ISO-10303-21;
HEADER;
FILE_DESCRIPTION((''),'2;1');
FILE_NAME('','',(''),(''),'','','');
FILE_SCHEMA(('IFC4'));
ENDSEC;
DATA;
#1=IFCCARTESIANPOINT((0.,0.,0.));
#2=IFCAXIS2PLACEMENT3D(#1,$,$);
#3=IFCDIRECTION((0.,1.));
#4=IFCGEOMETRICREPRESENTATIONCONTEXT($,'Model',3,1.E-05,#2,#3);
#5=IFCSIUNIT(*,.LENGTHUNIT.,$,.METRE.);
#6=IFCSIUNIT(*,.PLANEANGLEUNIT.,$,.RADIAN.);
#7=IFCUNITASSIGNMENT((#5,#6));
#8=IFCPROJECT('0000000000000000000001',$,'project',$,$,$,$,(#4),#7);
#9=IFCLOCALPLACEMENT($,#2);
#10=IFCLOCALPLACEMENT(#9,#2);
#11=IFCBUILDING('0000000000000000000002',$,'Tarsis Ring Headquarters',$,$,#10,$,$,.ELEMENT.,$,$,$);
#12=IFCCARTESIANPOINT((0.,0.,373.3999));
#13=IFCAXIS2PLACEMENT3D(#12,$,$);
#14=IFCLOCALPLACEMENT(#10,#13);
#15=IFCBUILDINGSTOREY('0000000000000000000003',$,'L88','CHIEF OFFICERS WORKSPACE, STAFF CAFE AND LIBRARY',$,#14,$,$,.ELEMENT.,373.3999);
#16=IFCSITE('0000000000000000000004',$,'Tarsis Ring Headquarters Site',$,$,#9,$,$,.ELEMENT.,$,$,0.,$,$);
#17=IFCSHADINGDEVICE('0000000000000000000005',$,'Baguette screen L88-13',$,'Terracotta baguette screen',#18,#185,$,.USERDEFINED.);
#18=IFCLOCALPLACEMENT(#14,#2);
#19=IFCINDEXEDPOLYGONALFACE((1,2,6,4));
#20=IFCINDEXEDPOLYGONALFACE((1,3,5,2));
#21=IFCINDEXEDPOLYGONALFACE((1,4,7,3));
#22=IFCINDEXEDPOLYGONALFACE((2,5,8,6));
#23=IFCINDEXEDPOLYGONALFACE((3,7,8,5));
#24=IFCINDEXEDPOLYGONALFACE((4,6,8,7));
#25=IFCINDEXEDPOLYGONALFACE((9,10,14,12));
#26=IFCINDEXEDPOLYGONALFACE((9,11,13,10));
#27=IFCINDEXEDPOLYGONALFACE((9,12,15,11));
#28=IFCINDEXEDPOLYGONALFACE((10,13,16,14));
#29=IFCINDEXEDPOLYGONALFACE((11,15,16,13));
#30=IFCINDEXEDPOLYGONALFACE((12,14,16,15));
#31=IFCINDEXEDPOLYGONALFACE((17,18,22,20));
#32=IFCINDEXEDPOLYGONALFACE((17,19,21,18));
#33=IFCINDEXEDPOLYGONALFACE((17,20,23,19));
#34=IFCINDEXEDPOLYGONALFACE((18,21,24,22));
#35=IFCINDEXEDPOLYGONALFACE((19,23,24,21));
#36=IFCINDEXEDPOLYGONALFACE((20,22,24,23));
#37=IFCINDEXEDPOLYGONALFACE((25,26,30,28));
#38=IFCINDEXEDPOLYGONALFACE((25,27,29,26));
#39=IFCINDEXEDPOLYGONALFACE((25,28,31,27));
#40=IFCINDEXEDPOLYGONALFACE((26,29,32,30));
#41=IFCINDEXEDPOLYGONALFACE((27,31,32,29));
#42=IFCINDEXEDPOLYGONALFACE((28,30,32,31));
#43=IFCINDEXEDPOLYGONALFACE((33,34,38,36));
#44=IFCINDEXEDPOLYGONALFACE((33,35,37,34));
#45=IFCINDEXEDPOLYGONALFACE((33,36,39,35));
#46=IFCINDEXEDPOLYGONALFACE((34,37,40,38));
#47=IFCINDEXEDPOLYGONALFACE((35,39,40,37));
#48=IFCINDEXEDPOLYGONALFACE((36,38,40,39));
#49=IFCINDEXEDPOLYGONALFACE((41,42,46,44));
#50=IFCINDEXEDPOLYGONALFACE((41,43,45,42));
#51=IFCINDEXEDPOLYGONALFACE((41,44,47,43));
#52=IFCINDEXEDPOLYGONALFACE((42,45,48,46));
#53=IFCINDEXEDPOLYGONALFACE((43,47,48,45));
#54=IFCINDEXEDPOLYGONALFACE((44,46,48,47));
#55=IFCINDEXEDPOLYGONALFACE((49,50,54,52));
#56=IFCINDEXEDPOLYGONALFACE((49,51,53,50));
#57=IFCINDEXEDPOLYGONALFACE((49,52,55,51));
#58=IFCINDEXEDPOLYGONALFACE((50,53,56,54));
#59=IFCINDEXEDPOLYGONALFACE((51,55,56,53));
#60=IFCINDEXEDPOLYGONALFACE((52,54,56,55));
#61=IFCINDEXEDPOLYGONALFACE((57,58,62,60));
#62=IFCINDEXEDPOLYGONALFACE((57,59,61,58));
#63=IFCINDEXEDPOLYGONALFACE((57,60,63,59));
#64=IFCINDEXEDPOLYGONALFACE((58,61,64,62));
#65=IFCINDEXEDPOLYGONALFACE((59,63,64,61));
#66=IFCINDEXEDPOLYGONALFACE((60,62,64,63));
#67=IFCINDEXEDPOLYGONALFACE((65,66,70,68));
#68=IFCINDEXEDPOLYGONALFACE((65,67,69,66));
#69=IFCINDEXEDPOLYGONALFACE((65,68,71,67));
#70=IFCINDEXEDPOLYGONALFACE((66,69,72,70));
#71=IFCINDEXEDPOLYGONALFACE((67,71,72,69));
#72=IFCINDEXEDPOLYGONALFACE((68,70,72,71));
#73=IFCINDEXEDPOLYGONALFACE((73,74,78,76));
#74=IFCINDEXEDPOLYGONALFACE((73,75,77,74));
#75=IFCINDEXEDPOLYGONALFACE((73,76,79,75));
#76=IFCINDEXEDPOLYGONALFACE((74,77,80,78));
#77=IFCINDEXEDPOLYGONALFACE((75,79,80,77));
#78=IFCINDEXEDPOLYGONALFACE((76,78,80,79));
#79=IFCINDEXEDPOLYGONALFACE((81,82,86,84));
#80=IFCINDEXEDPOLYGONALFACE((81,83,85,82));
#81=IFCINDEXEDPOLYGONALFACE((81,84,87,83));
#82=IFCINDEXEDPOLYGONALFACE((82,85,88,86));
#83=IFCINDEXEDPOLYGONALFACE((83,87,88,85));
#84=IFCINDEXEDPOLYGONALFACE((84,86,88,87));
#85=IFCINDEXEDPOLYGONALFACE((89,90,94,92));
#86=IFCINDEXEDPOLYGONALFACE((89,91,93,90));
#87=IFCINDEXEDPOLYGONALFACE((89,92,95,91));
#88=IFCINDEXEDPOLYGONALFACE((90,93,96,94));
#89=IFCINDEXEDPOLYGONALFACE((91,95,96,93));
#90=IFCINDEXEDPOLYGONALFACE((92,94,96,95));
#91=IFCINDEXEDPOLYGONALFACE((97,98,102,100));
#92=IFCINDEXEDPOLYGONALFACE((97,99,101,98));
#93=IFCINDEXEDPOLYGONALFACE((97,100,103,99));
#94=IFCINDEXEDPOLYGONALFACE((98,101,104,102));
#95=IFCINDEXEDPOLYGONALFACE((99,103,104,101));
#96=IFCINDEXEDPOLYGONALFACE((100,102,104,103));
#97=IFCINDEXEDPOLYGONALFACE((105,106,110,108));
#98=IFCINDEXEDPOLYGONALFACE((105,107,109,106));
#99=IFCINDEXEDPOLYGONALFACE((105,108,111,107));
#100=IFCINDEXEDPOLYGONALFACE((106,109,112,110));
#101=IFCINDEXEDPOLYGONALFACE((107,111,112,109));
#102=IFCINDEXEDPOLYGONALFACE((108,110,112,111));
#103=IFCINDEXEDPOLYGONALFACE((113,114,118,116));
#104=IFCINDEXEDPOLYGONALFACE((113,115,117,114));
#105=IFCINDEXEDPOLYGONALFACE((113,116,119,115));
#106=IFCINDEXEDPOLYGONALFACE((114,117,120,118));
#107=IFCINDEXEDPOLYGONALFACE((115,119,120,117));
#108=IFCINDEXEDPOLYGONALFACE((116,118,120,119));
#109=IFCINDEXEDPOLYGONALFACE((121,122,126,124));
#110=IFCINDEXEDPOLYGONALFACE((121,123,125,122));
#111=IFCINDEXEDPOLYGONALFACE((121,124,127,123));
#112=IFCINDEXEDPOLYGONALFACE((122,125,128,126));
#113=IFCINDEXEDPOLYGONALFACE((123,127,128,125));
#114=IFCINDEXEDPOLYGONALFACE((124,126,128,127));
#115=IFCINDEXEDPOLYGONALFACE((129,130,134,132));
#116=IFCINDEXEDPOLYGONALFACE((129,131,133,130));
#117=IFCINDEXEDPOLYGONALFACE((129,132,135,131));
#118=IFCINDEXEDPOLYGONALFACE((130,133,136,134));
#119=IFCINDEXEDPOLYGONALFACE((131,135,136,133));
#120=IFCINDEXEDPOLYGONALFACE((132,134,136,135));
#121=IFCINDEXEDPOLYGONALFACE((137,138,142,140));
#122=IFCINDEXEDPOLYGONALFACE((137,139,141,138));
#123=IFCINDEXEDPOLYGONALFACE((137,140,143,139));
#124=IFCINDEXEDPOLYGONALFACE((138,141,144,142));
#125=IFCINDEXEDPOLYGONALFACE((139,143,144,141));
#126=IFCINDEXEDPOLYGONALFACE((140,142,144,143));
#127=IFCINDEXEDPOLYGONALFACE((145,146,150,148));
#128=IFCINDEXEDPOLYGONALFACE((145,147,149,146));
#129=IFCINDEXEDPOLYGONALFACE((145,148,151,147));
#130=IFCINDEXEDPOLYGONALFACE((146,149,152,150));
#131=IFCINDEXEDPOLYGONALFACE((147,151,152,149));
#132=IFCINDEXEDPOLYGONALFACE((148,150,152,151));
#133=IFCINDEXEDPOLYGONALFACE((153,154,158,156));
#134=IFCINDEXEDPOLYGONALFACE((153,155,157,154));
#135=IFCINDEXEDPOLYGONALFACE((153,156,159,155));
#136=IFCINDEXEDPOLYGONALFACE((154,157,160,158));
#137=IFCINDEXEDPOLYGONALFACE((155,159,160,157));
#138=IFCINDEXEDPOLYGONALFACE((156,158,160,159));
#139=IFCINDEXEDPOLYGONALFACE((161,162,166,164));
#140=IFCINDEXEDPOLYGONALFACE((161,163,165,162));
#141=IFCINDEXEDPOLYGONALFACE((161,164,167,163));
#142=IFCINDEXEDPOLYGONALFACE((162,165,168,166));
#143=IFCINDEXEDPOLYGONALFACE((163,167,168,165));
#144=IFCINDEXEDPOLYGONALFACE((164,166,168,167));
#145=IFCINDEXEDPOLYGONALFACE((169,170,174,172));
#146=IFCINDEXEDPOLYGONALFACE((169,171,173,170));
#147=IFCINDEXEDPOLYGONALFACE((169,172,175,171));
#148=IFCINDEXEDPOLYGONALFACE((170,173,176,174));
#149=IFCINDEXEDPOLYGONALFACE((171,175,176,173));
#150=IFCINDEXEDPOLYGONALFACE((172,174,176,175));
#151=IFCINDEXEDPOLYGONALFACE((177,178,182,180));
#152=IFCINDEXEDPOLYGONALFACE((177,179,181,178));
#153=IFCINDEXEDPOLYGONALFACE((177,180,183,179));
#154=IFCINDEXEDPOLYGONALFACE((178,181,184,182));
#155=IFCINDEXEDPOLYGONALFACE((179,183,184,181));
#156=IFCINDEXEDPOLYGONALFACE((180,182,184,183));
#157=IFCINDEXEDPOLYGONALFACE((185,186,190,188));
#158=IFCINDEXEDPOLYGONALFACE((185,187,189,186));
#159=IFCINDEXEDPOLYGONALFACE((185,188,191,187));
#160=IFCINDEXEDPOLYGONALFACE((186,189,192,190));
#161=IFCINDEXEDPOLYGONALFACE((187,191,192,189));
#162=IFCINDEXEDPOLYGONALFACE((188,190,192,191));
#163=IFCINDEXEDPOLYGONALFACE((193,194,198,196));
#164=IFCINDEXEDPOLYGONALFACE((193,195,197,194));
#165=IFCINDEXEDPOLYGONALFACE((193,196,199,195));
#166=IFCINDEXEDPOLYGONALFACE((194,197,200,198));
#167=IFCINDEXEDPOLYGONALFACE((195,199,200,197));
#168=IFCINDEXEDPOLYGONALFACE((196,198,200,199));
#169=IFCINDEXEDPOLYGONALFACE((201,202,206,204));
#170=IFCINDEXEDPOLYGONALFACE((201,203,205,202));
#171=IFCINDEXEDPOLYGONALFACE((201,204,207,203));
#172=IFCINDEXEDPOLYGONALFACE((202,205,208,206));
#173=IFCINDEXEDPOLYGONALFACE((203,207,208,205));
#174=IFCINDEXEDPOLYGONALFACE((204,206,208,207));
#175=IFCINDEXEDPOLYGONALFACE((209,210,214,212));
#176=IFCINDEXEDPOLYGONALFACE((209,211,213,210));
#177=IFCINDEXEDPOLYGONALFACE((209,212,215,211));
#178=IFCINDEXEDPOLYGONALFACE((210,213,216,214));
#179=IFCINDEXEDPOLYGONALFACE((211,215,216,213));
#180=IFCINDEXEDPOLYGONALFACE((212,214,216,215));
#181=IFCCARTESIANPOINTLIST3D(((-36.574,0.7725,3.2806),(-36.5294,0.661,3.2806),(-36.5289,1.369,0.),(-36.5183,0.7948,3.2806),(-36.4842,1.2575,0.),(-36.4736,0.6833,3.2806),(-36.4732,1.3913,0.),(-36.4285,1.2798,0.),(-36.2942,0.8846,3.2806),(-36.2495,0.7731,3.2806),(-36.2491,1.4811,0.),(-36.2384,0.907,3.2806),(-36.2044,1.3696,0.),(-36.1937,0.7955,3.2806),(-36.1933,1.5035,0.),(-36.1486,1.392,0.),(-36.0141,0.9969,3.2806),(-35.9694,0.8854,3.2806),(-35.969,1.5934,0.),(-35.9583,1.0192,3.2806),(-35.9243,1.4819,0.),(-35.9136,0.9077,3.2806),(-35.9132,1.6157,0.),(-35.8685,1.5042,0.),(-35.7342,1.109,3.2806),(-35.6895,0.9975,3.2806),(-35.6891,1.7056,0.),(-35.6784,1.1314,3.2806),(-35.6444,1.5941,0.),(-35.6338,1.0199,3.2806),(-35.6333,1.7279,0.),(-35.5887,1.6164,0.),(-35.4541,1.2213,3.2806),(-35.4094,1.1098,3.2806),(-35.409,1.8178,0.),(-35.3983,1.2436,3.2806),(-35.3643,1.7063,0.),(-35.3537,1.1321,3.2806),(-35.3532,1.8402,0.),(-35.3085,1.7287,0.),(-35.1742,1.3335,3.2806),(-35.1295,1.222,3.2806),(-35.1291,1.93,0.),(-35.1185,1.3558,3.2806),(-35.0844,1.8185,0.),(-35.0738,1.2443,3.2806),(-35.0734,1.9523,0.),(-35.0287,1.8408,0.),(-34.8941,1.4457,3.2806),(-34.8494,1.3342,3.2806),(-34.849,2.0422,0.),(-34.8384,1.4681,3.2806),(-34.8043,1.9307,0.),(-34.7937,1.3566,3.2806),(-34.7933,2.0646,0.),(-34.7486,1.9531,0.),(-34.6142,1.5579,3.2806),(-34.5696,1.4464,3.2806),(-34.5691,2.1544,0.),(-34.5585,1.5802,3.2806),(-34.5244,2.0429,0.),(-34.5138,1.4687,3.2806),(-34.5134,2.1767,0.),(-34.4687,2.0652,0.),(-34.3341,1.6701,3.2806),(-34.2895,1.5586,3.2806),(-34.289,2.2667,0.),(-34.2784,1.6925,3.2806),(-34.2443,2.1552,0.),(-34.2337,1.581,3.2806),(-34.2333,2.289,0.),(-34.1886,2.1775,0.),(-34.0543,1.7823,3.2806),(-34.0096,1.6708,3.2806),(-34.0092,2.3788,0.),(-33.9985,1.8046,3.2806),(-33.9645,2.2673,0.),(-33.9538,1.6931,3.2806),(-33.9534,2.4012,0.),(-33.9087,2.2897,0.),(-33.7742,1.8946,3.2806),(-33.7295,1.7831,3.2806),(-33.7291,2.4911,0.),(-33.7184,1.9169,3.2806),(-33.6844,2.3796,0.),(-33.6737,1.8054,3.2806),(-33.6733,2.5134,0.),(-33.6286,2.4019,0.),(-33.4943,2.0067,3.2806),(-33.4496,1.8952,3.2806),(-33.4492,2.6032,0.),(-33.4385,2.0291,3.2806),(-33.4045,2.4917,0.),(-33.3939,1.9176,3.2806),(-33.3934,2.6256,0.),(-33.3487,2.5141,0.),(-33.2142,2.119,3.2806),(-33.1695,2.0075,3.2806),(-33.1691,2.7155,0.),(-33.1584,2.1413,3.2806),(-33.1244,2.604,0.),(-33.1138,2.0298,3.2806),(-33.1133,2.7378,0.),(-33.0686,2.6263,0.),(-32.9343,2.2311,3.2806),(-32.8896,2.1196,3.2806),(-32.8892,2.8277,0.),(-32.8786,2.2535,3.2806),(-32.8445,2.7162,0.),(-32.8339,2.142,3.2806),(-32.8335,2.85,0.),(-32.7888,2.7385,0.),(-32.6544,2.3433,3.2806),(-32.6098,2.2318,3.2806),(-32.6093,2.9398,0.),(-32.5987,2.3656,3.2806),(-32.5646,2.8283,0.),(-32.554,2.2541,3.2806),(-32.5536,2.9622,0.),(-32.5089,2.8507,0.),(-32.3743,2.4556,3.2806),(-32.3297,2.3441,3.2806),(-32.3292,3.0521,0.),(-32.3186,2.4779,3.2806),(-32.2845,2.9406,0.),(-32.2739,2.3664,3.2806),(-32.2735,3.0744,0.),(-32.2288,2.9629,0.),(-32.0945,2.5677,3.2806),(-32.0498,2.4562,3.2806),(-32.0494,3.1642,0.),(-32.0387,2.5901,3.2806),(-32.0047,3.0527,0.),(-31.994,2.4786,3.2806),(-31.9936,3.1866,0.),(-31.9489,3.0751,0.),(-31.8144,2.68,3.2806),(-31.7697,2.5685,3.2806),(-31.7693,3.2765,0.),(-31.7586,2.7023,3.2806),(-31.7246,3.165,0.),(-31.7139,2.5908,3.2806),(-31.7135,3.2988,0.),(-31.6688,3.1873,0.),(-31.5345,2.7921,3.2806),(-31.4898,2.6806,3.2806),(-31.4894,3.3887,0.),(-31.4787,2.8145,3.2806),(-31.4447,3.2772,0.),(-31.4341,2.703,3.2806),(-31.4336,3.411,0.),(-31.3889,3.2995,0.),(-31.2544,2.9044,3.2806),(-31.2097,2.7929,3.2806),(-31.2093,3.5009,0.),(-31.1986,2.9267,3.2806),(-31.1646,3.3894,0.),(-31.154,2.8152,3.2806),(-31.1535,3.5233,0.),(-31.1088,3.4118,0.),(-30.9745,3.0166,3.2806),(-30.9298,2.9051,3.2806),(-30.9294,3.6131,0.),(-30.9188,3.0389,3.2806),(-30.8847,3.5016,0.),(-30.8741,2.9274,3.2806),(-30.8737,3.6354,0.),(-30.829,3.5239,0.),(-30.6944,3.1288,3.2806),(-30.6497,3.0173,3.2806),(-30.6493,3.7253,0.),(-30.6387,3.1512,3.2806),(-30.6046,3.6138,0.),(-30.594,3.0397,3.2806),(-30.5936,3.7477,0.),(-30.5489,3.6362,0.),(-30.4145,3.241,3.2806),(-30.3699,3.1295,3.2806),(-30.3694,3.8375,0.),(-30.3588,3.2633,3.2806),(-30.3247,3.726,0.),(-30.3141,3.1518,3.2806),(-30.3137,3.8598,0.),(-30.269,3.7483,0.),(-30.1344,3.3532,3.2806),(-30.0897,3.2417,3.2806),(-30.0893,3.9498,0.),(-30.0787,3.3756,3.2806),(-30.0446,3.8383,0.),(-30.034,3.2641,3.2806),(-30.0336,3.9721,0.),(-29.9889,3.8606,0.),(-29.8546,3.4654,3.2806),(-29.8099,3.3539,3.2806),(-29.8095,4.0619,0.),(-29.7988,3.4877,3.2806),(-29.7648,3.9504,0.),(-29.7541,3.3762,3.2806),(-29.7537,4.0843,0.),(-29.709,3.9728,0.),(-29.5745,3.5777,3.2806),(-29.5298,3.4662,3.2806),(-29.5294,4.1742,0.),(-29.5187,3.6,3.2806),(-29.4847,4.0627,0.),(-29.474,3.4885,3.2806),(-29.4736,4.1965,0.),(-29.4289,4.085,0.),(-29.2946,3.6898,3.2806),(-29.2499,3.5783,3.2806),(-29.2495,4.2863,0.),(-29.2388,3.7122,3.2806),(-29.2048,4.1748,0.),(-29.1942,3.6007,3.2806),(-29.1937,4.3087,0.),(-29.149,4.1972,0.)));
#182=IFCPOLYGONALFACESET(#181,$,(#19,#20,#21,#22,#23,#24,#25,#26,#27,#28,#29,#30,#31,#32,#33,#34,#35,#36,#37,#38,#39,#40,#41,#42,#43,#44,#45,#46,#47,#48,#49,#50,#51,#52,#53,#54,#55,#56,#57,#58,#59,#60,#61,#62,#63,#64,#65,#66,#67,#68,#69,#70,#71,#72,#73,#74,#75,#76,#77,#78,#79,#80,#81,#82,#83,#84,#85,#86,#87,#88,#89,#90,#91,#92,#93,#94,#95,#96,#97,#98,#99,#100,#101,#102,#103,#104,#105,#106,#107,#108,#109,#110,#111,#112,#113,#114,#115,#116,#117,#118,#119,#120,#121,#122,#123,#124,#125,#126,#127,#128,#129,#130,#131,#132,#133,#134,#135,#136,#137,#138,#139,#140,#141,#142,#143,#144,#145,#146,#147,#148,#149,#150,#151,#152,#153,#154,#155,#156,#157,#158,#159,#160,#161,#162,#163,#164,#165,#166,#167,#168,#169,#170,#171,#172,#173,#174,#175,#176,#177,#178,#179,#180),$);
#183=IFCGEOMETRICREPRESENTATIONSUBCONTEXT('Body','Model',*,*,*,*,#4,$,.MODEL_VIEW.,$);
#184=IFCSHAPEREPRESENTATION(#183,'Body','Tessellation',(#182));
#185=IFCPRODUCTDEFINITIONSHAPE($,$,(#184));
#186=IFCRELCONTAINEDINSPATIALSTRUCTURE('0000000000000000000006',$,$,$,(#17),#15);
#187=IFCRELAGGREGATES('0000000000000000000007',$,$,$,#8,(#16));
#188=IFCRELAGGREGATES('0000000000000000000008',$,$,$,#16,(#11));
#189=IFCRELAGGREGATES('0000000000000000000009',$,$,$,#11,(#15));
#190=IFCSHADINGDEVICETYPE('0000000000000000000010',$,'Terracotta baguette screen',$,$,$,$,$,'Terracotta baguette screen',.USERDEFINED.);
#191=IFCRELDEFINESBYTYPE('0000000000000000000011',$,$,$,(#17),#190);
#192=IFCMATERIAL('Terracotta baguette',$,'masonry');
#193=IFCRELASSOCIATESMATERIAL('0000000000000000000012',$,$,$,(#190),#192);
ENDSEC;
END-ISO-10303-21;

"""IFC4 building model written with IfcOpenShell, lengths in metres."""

from ifc_helpers import new_model, si_unit, direction, frame, frame_2d, origin, place, context, subcontext, project, spatial, rectangle, composite_profile, extrude, material, type_object, element, save


model = new_model("IFC4")

# Units and contexts
model_context = context("Model", 3, precision=1e-05, world=origin(), true_north=direction((0.0, 1.0)))
body_context = subcontext(model_context, "Body", "Model", "MODEL_VIEW")
ifc_project = project(units=[si_unit("LENGTHUNIT", "METRE"), si_unit("PLANEANGLEUNIT", "RADIAN")], contexts=[model_context])

# Site, building, storey
site_placement = place(None, origin())
site = spatial("IfcSite", under=ifc_project, at=site_placement, Name="Tarsis Ring Headquarters Site", CompositionType="ELEMENT", RefElevation=0.0)
building_placement = place(site_placement, origin())
building = spatial("IfcBuilding", under=site, at=building_placement, Name="Tarsis Ring Headquarters", CompositionType="ELEMENT")
storey_placement = place(building_placement, frame((0.0, 0.0, 373.3999)))
storey = spatial("IfcBuildingStorey", under=building, at=storey_placement, Name="L88", Description="CHIEF OFFICERS WORKSPACE, STAFF CAFE AND LIBRARY", CompositionType="ELEMENT", Elevation=373.3999)

# Shading device
ifc_material_1 = material(Name="Terracotta baguette", Category="masonry")
shading_device_type_1 = type_object("IfcShadingDeviceType", Name="Terracotta baguette screen", ElementType="Terracotta baguette screen", PredefinedType="USERDEFINED", material=ifc_material_1)
shading_device_1_placement = place(storey_placement, frame((-29.1714, 4.2529, 0.0), z_axis=(0.0, 0.0, 1.0), x_axis=(-0.928232, -0.372003, 0.0)))
element("IfcShadingDevice", 1, at=shading_device_1_placement, inside=storey, type_object=shading_device_type_1, Name="Baguette screen L88-13", ObjectType="Terracotta baguette screen", PredefinedType="USERDEFINED", context=body_context, shape_type="SweptSolid", body=[
    extrude(composite_profile([rectangle(XDim=0.0601, YDim=0.1201, at=frame_2d((0.03, 0.0))), rectangle(XDim=0.0601, YDim=0.1201, at=frame_2d((0.3315, 0.0))), rectangle(XDim=0.0601, YDim=0.1201, at=frame_2d((0.6333, 0.0))), rectangle(XDim=0.0601, YDim=0.1201, at=frame_2d((0.9348, 0.0))), rectangle(XDim=0.0601, YDim=0.1201, at=frame_2d((1.2366, 0.0))), rectangle(XDim=0.0601, YDim=0.1201, at=frame_2d((1.5381, 0.0))), rectangle(XDim=0.0601, YDim=0.1201, at=frame_2d((1.8398, 0.0))), rectangle(XDim=0.0601, YDim=0.1201, at=frame_2d((2.1414, 0.0))), rectangle(XDim=0.0601, YDim=0.1201, at=frame_2d((2.4431, 0.0))), rectangle(XDim=0.0601, YDim=0.1201, at=frame_2d((2.7446, 0.0))), rectangle(XDim=0.0601, YDim=0.1201, at=frame_2d((3.0464, 0.0))), rectangle(XDim=0.0601, YDim=0.1201, at=frame_2d((3.3479, 0.0))), rectangle(XDim=0.0601, YDim=0.1201, at=frame_2d((3.6497, 0.0))), rectangle(XDim=0.0601, YDim=0.1201, at=frame_2d((3.9512, 0.0))), rectangle(XDim=0.0601, YDim=0.1201, at=frame_2d((4.2527, 0.0))), rectangle(XDim=0.0601, YDim=0.1201, at=frame_2d((4.5544, 0.0))), rectangle(XDim=0.0601, YDim=0.1201, at=frame_2d((4.856, 0.0))), rectangle(XDim=0.0601, YDim=0.1201, at=frame_2d((5.1577, 0.0))), rectangle(XDim=0.0601, YDim=0.1201, at=frame_2d((5.4592, 0.0))), rectangle(XDim=0.0601, YDim=0.1201, at=frame_2d((5.761, 0.0))), rectangle(XDim=0.0601, YDim=0.1201, at=frame_2d((6.0625, 0.0))), rectangle(XDim=0.0601, YDim=0.1201, at=frame_2d((6.3643, 0.0))), rectangle(XDim=0.0601, YDim=0.1201, at=frame_2d((6.6658, 0.0))), rectangle(XDim=0.0601, YDim=0.1201, at=frame_2d((6.9675, 0.0))), rectangle(XDim=0.0601, YDim=0.1201, at=frame_2d((7.269, 0.0))), rectangle(XDim=0.0601, YDim=0.1201, at=frame_2d((7.5708, 0.0))), rectangle(XDim=0.0601, YDim=0.1201, at=frame_2d((7.8723, 0.0)))]), origin(), (0.0791, 0.161011, 0.983778), 3.3347),
])

save(model, "model.ifc")
